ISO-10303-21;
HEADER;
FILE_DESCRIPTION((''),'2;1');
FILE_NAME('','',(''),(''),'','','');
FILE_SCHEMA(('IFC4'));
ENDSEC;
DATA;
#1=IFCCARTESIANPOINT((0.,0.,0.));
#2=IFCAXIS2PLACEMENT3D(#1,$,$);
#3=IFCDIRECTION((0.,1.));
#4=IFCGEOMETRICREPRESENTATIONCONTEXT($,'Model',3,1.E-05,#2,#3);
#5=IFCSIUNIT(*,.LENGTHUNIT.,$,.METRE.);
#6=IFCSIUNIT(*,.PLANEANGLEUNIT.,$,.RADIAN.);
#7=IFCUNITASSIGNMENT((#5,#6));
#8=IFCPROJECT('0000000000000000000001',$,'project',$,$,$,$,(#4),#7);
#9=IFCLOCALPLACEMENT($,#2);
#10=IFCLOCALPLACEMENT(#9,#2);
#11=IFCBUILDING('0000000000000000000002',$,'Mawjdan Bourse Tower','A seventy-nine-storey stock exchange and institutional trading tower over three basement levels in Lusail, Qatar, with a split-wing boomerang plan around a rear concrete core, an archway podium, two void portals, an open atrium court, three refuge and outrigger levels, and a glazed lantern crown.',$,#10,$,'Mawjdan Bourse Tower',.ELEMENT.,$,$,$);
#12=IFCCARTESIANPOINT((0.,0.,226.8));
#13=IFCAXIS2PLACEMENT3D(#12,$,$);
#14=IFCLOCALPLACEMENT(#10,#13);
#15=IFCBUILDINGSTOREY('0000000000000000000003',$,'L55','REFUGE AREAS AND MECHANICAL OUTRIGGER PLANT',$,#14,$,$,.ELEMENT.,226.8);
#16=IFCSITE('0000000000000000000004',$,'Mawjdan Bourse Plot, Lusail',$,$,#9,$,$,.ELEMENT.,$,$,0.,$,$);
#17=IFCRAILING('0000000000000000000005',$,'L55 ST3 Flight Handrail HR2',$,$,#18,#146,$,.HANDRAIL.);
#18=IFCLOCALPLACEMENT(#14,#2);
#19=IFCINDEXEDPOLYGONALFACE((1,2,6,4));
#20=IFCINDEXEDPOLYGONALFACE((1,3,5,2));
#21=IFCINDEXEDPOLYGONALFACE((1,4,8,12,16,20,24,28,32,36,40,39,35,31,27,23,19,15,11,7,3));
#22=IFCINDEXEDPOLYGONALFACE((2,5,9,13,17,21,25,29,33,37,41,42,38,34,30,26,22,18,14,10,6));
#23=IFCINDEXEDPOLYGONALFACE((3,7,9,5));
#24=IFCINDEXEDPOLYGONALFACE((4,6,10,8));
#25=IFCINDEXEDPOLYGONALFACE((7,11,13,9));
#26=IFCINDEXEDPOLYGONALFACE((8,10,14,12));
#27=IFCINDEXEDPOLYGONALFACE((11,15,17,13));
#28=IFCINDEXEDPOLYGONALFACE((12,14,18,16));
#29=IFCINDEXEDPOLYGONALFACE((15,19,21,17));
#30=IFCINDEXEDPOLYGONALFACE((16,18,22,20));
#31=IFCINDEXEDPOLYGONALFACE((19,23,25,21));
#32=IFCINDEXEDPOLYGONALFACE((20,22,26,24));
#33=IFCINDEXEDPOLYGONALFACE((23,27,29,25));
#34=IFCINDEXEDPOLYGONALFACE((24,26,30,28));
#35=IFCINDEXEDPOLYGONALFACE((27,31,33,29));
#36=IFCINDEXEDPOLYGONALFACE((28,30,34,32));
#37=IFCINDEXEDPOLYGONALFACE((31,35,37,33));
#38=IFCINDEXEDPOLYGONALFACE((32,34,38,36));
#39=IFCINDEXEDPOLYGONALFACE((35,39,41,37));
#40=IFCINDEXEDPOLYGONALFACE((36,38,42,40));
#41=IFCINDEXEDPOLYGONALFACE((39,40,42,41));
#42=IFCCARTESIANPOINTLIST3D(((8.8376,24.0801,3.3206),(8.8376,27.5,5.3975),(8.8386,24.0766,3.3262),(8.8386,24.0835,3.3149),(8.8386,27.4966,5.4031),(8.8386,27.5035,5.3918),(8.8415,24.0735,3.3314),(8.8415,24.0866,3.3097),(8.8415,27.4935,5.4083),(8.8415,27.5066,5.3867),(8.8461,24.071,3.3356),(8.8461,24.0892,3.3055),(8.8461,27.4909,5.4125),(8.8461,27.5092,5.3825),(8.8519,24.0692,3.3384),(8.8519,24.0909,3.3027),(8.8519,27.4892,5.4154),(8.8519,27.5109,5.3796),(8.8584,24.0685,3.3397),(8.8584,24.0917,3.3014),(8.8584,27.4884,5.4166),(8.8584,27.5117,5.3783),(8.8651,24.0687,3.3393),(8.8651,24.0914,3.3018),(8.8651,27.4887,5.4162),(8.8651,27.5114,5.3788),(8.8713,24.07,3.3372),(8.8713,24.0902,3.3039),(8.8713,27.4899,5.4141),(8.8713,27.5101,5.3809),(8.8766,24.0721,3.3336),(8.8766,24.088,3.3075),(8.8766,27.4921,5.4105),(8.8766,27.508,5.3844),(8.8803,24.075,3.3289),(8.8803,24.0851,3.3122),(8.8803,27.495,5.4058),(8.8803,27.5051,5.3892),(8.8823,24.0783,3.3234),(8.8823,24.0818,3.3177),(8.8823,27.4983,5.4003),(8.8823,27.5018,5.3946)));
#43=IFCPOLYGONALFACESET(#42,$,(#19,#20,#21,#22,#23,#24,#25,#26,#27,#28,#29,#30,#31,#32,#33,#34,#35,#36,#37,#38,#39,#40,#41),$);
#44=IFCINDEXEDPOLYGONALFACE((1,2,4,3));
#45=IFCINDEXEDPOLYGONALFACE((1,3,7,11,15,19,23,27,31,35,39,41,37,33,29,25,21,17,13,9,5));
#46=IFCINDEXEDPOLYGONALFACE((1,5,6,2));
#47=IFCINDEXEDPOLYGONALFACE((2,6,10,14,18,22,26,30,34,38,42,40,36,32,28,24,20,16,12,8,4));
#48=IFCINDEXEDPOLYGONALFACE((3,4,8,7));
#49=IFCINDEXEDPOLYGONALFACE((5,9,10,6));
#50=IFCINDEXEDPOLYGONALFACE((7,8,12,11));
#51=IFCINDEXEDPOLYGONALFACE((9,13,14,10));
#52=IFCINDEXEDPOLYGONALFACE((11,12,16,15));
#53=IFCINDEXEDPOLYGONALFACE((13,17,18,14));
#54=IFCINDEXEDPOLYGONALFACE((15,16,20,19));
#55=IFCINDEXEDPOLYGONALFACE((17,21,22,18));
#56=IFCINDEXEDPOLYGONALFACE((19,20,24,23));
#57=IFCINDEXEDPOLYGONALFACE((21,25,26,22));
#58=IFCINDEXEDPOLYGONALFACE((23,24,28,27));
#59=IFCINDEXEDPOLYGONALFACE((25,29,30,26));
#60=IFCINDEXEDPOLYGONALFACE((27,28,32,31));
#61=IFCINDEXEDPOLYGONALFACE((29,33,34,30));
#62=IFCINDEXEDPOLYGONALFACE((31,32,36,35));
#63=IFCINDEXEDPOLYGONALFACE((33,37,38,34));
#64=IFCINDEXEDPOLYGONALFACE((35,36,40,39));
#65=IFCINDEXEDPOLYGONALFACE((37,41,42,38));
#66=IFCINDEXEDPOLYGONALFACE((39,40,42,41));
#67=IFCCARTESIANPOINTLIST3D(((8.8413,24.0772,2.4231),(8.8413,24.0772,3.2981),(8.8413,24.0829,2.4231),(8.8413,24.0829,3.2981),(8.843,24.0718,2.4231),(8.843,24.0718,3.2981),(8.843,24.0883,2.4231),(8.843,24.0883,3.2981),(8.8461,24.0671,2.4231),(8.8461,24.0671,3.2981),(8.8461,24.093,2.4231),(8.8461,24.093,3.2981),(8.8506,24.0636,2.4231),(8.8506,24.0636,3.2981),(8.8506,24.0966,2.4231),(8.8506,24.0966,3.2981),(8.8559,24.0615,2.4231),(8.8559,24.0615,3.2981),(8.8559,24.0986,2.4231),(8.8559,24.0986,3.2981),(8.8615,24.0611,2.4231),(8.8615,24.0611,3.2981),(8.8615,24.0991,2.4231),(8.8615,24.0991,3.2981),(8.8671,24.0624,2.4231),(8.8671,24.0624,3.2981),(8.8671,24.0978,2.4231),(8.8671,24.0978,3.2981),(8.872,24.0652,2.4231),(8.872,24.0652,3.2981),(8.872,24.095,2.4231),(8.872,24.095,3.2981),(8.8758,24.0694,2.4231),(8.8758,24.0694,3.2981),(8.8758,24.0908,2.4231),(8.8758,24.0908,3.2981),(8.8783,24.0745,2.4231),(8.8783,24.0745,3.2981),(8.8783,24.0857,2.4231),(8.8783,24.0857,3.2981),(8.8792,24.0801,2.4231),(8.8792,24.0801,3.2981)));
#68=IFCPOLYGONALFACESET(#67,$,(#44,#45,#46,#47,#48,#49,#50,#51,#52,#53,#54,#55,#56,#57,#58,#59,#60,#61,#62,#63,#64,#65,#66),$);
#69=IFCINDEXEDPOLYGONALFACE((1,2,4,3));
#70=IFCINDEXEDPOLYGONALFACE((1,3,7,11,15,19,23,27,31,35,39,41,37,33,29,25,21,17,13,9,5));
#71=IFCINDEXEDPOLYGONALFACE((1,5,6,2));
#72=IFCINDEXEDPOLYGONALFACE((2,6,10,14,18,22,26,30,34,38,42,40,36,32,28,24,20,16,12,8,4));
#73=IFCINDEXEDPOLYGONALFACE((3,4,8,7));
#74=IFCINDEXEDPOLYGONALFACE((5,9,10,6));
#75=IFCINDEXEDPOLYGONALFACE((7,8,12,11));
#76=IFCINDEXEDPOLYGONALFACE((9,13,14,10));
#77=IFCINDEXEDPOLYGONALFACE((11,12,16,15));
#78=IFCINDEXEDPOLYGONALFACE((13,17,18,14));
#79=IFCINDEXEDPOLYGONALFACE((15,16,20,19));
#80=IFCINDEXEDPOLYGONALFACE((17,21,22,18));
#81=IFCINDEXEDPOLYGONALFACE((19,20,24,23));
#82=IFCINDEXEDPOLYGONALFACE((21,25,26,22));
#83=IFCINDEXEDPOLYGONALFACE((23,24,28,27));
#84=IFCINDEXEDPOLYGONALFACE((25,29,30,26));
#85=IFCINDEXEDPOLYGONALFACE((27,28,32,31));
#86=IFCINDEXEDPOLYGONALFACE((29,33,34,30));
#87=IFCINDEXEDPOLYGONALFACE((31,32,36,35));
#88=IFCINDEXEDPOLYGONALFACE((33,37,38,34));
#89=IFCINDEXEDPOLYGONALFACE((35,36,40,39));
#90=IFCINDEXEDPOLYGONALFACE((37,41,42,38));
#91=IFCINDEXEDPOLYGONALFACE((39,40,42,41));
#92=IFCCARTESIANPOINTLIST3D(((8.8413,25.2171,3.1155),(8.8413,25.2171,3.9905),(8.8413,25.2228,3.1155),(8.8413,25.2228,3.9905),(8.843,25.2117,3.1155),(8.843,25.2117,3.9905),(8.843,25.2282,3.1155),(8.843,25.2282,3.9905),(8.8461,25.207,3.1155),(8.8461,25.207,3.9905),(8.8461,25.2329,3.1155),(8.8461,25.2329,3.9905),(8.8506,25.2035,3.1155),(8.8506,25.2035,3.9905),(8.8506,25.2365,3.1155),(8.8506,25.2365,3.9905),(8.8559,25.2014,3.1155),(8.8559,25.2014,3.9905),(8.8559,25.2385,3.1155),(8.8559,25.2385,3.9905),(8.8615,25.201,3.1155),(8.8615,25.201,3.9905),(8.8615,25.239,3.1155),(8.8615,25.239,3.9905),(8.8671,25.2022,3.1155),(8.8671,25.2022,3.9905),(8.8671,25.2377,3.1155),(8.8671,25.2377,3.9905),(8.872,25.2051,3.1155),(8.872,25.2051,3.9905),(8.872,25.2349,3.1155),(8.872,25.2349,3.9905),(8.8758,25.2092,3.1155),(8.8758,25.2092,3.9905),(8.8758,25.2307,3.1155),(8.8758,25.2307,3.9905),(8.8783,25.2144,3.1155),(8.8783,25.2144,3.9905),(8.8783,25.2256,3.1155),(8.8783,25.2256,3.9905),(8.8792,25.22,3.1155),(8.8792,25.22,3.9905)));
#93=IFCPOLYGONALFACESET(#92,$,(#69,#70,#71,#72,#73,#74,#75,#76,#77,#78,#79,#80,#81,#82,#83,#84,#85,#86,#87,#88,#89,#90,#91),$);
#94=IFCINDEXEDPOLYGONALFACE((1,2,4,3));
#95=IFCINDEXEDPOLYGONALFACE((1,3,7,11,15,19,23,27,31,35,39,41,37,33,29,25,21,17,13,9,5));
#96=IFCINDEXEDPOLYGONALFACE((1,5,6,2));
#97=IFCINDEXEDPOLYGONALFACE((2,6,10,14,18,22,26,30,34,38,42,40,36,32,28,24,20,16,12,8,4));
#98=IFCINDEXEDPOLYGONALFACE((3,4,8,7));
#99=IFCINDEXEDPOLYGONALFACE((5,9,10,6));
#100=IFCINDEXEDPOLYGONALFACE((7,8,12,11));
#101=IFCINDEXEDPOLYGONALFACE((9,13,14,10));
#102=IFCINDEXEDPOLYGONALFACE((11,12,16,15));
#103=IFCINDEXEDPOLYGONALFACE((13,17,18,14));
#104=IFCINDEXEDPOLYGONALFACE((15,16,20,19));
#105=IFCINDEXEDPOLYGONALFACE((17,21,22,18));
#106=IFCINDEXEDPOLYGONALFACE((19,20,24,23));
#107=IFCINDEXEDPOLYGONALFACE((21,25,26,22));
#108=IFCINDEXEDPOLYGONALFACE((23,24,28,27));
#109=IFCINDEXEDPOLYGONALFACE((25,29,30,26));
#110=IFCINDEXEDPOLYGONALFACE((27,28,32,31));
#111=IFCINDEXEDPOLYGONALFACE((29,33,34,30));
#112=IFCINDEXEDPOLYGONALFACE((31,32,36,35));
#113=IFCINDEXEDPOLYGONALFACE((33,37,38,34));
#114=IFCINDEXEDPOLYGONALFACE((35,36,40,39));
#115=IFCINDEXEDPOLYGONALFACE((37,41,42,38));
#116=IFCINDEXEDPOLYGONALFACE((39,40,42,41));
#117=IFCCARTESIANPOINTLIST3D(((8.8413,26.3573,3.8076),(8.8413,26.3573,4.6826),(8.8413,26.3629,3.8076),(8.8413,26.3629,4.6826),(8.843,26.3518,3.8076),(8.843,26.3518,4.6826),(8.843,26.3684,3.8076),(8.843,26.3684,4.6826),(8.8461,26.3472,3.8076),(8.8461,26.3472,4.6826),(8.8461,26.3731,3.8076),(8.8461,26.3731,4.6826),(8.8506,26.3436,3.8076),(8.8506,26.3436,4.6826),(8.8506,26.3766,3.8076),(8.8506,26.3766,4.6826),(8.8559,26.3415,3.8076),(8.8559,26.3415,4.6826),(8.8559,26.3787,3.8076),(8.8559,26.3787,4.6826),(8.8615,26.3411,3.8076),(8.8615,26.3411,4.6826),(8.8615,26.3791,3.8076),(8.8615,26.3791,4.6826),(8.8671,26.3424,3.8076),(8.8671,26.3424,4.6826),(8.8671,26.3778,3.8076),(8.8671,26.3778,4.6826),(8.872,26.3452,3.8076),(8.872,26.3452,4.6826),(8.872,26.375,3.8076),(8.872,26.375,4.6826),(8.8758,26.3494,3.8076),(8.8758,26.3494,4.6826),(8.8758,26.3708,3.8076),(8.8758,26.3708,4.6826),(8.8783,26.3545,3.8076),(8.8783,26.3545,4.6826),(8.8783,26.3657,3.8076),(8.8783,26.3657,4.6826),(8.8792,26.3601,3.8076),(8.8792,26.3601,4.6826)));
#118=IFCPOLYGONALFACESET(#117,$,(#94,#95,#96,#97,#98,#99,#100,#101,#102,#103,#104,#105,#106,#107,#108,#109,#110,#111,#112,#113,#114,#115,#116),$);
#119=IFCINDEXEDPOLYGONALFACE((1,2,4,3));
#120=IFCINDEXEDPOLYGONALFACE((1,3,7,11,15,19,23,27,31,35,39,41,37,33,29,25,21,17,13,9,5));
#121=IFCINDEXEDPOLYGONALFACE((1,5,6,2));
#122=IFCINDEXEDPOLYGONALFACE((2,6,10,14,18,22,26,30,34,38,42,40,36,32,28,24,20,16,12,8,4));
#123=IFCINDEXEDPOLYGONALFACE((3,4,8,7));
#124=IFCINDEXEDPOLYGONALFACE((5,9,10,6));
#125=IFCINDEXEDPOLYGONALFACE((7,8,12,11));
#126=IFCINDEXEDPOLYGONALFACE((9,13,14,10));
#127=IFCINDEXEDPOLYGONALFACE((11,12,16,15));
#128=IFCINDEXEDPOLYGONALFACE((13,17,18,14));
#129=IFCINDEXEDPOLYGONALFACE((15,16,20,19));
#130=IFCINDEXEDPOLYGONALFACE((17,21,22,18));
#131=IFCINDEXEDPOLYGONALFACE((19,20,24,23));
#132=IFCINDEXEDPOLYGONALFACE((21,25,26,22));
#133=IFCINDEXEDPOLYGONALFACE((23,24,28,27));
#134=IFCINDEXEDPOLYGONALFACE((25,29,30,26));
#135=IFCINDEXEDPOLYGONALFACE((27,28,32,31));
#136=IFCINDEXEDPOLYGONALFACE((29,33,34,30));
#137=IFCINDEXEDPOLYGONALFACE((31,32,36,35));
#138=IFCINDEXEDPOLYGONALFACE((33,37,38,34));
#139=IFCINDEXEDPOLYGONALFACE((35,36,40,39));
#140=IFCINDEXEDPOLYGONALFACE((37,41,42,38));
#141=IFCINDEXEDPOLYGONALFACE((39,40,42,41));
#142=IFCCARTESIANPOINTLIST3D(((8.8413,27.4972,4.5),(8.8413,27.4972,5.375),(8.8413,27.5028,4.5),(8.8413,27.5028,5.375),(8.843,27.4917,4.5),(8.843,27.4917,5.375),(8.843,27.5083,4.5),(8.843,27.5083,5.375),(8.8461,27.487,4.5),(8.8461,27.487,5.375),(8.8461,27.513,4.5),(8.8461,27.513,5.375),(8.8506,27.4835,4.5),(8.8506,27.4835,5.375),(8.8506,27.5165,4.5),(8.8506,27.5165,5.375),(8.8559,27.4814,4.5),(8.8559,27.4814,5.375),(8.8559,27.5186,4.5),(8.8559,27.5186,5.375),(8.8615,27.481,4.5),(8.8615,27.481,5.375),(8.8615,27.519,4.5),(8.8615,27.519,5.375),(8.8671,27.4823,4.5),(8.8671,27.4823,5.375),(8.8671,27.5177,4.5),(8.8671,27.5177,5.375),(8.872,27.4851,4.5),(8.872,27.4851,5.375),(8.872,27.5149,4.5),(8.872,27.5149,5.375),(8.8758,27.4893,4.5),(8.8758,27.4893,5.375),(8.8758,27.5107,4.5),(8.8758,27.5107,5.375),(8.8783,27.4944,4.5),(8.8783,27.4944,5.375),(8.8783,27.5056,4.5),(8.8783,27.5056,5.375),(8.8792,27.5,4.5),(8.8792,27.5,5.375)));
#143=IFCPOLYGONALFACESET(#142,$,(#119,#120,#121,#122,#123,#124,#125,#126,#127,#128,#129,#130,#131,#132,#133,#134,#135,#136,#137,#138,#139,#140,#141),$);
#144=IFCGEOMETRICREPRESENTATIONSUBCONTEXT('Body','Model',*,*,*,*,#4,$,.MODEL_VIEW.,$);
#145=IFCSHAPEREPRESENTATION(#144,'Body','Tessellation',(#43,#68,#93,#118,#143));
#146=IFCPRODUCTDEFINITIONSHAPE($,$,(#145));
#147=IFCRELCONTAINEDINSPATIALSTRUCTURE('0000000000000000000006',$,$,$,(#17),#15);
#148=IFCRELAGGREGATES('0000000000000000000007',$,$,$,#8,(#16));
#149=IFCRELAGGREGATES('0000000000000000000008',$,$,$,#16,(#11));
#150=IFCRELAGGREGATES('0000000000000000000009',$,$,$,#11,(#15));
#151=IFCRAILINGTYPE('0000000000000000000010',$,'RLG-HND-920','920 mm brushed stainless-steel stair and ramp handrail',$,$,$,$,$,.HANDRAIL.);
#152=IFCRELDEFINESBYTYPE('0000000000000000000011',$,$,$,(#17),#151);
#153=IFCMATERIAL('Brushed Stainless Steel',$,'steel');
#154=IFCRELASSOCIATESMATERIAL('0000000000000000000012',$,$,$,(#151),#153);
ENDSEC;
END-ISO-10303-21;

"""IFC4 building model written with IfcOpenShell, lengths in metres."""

from ifc_helpers import new_model, si_unit, direction, frame, origin, origin_2d, place, context, subcontext, project, spatial, circle, extrude, material, type_object, element, save


model = new_model("IFC4")

# Units and contexts
model_context = context("Model", 3, precision=1e-05, world=origin(), true_north=direction((0.0, 1.0)))
body_context = subcontext(model_context, "Body", "Model", "MODEL_VIEW")
ifc_project = project(units=[si_unit("LENGTHUNIT", "METRE"), si_unit("PLANEANGLEUNIT", "RADIAN")], contexts=[model_context])

# Site, building, storey
site_placement = place(None, origin())
site = spatial("IfcSite", under=ifc_project, at=site_placement, Name="Mawjdan Bourse Plot, Lusail", CompositionType="ELEMENT", RefElevation=0.0)
building_placement = place(site_placement, origin())
building = spatial("IfcBuilding", under=site, at=building_placement, Name="Mawjdan Bourse Tower", Description="A seventy-nine-storey stock exchange and institutional trading tower over three basement levels in Lusail, Qatar, with a split-wing boomerang plan around a rear concrete core, an archway podium, two void portals, an open atrium court, three refuge and outrigger levels, and a glazed lantern crown.", LongName="Mawjdan Bourse Tower", CompositionType="ELEMENT")
storey_placement = place(building_placement, frame((0.0, 0.0, 226.8)))
storey = spatial("IfcBuildingStorey", under=building, at=storey_placement, Name="L55", Description="REFUGE AREAS AND MECHANICAL OUTRIGGER PLANT", CompositionType="ELEMENT", Elevation=226.8)

# Railing
ifc_material_1 = material(Name="Brushed Stainless Steel", Category="steel")
railing_type_1 = type_object("IfcRailingType", Name="RLG-HND-920", Description="920 mm brushed stainless-steel stair and ramp handrail", PredefinedType="HANDRAIL", material=ifc_material_1)
railing_1_placement = place(storey_placement, frame((8.8601, 24.0801, 2.4231)))
element("IfcRailing", 1, at=railing_1_placement, inside=storey, type_object=railing_type_1, Name="L55 ST3 Flight Handrail HR2", PredefinedType="HANDRAIL", context=body_context, shape_type="SweptSolid", body=[
    extrude(circle(Radius=0.0225, at=origin_2d()), frame((0.0, 0.0, 0.8975), z_axis=(0.0, 0.85473, 0.519074), x_axis=(-1.0, 0.0, 0.0)), (0.0, 0.0, 1.0), 4.0012),
    extrude(circle(Radius=0.019, at=origin_2d()), origin(), (0.0, 0.0, 1.0), 0.875),
    extrude(circle(Radius=0.019, at=origin_2d()), frame((0.0, 1.1399, 0.6924)), (0.0, 0.0, 1.0), 0.875),
    extrude(circle(Radius=0.019, at=origin_2d()), frame((0.0, 2.28, 1.3845)), (0.0, 0.0, 1.0), 0.875),
    extrude(circle(Radius=0.019, at=origin_2d()), frame((0.0, 3.4199, 2.0769)), (0.0, 0.0, 1.0), 0.875),
])

save(model, "model.ifc")
